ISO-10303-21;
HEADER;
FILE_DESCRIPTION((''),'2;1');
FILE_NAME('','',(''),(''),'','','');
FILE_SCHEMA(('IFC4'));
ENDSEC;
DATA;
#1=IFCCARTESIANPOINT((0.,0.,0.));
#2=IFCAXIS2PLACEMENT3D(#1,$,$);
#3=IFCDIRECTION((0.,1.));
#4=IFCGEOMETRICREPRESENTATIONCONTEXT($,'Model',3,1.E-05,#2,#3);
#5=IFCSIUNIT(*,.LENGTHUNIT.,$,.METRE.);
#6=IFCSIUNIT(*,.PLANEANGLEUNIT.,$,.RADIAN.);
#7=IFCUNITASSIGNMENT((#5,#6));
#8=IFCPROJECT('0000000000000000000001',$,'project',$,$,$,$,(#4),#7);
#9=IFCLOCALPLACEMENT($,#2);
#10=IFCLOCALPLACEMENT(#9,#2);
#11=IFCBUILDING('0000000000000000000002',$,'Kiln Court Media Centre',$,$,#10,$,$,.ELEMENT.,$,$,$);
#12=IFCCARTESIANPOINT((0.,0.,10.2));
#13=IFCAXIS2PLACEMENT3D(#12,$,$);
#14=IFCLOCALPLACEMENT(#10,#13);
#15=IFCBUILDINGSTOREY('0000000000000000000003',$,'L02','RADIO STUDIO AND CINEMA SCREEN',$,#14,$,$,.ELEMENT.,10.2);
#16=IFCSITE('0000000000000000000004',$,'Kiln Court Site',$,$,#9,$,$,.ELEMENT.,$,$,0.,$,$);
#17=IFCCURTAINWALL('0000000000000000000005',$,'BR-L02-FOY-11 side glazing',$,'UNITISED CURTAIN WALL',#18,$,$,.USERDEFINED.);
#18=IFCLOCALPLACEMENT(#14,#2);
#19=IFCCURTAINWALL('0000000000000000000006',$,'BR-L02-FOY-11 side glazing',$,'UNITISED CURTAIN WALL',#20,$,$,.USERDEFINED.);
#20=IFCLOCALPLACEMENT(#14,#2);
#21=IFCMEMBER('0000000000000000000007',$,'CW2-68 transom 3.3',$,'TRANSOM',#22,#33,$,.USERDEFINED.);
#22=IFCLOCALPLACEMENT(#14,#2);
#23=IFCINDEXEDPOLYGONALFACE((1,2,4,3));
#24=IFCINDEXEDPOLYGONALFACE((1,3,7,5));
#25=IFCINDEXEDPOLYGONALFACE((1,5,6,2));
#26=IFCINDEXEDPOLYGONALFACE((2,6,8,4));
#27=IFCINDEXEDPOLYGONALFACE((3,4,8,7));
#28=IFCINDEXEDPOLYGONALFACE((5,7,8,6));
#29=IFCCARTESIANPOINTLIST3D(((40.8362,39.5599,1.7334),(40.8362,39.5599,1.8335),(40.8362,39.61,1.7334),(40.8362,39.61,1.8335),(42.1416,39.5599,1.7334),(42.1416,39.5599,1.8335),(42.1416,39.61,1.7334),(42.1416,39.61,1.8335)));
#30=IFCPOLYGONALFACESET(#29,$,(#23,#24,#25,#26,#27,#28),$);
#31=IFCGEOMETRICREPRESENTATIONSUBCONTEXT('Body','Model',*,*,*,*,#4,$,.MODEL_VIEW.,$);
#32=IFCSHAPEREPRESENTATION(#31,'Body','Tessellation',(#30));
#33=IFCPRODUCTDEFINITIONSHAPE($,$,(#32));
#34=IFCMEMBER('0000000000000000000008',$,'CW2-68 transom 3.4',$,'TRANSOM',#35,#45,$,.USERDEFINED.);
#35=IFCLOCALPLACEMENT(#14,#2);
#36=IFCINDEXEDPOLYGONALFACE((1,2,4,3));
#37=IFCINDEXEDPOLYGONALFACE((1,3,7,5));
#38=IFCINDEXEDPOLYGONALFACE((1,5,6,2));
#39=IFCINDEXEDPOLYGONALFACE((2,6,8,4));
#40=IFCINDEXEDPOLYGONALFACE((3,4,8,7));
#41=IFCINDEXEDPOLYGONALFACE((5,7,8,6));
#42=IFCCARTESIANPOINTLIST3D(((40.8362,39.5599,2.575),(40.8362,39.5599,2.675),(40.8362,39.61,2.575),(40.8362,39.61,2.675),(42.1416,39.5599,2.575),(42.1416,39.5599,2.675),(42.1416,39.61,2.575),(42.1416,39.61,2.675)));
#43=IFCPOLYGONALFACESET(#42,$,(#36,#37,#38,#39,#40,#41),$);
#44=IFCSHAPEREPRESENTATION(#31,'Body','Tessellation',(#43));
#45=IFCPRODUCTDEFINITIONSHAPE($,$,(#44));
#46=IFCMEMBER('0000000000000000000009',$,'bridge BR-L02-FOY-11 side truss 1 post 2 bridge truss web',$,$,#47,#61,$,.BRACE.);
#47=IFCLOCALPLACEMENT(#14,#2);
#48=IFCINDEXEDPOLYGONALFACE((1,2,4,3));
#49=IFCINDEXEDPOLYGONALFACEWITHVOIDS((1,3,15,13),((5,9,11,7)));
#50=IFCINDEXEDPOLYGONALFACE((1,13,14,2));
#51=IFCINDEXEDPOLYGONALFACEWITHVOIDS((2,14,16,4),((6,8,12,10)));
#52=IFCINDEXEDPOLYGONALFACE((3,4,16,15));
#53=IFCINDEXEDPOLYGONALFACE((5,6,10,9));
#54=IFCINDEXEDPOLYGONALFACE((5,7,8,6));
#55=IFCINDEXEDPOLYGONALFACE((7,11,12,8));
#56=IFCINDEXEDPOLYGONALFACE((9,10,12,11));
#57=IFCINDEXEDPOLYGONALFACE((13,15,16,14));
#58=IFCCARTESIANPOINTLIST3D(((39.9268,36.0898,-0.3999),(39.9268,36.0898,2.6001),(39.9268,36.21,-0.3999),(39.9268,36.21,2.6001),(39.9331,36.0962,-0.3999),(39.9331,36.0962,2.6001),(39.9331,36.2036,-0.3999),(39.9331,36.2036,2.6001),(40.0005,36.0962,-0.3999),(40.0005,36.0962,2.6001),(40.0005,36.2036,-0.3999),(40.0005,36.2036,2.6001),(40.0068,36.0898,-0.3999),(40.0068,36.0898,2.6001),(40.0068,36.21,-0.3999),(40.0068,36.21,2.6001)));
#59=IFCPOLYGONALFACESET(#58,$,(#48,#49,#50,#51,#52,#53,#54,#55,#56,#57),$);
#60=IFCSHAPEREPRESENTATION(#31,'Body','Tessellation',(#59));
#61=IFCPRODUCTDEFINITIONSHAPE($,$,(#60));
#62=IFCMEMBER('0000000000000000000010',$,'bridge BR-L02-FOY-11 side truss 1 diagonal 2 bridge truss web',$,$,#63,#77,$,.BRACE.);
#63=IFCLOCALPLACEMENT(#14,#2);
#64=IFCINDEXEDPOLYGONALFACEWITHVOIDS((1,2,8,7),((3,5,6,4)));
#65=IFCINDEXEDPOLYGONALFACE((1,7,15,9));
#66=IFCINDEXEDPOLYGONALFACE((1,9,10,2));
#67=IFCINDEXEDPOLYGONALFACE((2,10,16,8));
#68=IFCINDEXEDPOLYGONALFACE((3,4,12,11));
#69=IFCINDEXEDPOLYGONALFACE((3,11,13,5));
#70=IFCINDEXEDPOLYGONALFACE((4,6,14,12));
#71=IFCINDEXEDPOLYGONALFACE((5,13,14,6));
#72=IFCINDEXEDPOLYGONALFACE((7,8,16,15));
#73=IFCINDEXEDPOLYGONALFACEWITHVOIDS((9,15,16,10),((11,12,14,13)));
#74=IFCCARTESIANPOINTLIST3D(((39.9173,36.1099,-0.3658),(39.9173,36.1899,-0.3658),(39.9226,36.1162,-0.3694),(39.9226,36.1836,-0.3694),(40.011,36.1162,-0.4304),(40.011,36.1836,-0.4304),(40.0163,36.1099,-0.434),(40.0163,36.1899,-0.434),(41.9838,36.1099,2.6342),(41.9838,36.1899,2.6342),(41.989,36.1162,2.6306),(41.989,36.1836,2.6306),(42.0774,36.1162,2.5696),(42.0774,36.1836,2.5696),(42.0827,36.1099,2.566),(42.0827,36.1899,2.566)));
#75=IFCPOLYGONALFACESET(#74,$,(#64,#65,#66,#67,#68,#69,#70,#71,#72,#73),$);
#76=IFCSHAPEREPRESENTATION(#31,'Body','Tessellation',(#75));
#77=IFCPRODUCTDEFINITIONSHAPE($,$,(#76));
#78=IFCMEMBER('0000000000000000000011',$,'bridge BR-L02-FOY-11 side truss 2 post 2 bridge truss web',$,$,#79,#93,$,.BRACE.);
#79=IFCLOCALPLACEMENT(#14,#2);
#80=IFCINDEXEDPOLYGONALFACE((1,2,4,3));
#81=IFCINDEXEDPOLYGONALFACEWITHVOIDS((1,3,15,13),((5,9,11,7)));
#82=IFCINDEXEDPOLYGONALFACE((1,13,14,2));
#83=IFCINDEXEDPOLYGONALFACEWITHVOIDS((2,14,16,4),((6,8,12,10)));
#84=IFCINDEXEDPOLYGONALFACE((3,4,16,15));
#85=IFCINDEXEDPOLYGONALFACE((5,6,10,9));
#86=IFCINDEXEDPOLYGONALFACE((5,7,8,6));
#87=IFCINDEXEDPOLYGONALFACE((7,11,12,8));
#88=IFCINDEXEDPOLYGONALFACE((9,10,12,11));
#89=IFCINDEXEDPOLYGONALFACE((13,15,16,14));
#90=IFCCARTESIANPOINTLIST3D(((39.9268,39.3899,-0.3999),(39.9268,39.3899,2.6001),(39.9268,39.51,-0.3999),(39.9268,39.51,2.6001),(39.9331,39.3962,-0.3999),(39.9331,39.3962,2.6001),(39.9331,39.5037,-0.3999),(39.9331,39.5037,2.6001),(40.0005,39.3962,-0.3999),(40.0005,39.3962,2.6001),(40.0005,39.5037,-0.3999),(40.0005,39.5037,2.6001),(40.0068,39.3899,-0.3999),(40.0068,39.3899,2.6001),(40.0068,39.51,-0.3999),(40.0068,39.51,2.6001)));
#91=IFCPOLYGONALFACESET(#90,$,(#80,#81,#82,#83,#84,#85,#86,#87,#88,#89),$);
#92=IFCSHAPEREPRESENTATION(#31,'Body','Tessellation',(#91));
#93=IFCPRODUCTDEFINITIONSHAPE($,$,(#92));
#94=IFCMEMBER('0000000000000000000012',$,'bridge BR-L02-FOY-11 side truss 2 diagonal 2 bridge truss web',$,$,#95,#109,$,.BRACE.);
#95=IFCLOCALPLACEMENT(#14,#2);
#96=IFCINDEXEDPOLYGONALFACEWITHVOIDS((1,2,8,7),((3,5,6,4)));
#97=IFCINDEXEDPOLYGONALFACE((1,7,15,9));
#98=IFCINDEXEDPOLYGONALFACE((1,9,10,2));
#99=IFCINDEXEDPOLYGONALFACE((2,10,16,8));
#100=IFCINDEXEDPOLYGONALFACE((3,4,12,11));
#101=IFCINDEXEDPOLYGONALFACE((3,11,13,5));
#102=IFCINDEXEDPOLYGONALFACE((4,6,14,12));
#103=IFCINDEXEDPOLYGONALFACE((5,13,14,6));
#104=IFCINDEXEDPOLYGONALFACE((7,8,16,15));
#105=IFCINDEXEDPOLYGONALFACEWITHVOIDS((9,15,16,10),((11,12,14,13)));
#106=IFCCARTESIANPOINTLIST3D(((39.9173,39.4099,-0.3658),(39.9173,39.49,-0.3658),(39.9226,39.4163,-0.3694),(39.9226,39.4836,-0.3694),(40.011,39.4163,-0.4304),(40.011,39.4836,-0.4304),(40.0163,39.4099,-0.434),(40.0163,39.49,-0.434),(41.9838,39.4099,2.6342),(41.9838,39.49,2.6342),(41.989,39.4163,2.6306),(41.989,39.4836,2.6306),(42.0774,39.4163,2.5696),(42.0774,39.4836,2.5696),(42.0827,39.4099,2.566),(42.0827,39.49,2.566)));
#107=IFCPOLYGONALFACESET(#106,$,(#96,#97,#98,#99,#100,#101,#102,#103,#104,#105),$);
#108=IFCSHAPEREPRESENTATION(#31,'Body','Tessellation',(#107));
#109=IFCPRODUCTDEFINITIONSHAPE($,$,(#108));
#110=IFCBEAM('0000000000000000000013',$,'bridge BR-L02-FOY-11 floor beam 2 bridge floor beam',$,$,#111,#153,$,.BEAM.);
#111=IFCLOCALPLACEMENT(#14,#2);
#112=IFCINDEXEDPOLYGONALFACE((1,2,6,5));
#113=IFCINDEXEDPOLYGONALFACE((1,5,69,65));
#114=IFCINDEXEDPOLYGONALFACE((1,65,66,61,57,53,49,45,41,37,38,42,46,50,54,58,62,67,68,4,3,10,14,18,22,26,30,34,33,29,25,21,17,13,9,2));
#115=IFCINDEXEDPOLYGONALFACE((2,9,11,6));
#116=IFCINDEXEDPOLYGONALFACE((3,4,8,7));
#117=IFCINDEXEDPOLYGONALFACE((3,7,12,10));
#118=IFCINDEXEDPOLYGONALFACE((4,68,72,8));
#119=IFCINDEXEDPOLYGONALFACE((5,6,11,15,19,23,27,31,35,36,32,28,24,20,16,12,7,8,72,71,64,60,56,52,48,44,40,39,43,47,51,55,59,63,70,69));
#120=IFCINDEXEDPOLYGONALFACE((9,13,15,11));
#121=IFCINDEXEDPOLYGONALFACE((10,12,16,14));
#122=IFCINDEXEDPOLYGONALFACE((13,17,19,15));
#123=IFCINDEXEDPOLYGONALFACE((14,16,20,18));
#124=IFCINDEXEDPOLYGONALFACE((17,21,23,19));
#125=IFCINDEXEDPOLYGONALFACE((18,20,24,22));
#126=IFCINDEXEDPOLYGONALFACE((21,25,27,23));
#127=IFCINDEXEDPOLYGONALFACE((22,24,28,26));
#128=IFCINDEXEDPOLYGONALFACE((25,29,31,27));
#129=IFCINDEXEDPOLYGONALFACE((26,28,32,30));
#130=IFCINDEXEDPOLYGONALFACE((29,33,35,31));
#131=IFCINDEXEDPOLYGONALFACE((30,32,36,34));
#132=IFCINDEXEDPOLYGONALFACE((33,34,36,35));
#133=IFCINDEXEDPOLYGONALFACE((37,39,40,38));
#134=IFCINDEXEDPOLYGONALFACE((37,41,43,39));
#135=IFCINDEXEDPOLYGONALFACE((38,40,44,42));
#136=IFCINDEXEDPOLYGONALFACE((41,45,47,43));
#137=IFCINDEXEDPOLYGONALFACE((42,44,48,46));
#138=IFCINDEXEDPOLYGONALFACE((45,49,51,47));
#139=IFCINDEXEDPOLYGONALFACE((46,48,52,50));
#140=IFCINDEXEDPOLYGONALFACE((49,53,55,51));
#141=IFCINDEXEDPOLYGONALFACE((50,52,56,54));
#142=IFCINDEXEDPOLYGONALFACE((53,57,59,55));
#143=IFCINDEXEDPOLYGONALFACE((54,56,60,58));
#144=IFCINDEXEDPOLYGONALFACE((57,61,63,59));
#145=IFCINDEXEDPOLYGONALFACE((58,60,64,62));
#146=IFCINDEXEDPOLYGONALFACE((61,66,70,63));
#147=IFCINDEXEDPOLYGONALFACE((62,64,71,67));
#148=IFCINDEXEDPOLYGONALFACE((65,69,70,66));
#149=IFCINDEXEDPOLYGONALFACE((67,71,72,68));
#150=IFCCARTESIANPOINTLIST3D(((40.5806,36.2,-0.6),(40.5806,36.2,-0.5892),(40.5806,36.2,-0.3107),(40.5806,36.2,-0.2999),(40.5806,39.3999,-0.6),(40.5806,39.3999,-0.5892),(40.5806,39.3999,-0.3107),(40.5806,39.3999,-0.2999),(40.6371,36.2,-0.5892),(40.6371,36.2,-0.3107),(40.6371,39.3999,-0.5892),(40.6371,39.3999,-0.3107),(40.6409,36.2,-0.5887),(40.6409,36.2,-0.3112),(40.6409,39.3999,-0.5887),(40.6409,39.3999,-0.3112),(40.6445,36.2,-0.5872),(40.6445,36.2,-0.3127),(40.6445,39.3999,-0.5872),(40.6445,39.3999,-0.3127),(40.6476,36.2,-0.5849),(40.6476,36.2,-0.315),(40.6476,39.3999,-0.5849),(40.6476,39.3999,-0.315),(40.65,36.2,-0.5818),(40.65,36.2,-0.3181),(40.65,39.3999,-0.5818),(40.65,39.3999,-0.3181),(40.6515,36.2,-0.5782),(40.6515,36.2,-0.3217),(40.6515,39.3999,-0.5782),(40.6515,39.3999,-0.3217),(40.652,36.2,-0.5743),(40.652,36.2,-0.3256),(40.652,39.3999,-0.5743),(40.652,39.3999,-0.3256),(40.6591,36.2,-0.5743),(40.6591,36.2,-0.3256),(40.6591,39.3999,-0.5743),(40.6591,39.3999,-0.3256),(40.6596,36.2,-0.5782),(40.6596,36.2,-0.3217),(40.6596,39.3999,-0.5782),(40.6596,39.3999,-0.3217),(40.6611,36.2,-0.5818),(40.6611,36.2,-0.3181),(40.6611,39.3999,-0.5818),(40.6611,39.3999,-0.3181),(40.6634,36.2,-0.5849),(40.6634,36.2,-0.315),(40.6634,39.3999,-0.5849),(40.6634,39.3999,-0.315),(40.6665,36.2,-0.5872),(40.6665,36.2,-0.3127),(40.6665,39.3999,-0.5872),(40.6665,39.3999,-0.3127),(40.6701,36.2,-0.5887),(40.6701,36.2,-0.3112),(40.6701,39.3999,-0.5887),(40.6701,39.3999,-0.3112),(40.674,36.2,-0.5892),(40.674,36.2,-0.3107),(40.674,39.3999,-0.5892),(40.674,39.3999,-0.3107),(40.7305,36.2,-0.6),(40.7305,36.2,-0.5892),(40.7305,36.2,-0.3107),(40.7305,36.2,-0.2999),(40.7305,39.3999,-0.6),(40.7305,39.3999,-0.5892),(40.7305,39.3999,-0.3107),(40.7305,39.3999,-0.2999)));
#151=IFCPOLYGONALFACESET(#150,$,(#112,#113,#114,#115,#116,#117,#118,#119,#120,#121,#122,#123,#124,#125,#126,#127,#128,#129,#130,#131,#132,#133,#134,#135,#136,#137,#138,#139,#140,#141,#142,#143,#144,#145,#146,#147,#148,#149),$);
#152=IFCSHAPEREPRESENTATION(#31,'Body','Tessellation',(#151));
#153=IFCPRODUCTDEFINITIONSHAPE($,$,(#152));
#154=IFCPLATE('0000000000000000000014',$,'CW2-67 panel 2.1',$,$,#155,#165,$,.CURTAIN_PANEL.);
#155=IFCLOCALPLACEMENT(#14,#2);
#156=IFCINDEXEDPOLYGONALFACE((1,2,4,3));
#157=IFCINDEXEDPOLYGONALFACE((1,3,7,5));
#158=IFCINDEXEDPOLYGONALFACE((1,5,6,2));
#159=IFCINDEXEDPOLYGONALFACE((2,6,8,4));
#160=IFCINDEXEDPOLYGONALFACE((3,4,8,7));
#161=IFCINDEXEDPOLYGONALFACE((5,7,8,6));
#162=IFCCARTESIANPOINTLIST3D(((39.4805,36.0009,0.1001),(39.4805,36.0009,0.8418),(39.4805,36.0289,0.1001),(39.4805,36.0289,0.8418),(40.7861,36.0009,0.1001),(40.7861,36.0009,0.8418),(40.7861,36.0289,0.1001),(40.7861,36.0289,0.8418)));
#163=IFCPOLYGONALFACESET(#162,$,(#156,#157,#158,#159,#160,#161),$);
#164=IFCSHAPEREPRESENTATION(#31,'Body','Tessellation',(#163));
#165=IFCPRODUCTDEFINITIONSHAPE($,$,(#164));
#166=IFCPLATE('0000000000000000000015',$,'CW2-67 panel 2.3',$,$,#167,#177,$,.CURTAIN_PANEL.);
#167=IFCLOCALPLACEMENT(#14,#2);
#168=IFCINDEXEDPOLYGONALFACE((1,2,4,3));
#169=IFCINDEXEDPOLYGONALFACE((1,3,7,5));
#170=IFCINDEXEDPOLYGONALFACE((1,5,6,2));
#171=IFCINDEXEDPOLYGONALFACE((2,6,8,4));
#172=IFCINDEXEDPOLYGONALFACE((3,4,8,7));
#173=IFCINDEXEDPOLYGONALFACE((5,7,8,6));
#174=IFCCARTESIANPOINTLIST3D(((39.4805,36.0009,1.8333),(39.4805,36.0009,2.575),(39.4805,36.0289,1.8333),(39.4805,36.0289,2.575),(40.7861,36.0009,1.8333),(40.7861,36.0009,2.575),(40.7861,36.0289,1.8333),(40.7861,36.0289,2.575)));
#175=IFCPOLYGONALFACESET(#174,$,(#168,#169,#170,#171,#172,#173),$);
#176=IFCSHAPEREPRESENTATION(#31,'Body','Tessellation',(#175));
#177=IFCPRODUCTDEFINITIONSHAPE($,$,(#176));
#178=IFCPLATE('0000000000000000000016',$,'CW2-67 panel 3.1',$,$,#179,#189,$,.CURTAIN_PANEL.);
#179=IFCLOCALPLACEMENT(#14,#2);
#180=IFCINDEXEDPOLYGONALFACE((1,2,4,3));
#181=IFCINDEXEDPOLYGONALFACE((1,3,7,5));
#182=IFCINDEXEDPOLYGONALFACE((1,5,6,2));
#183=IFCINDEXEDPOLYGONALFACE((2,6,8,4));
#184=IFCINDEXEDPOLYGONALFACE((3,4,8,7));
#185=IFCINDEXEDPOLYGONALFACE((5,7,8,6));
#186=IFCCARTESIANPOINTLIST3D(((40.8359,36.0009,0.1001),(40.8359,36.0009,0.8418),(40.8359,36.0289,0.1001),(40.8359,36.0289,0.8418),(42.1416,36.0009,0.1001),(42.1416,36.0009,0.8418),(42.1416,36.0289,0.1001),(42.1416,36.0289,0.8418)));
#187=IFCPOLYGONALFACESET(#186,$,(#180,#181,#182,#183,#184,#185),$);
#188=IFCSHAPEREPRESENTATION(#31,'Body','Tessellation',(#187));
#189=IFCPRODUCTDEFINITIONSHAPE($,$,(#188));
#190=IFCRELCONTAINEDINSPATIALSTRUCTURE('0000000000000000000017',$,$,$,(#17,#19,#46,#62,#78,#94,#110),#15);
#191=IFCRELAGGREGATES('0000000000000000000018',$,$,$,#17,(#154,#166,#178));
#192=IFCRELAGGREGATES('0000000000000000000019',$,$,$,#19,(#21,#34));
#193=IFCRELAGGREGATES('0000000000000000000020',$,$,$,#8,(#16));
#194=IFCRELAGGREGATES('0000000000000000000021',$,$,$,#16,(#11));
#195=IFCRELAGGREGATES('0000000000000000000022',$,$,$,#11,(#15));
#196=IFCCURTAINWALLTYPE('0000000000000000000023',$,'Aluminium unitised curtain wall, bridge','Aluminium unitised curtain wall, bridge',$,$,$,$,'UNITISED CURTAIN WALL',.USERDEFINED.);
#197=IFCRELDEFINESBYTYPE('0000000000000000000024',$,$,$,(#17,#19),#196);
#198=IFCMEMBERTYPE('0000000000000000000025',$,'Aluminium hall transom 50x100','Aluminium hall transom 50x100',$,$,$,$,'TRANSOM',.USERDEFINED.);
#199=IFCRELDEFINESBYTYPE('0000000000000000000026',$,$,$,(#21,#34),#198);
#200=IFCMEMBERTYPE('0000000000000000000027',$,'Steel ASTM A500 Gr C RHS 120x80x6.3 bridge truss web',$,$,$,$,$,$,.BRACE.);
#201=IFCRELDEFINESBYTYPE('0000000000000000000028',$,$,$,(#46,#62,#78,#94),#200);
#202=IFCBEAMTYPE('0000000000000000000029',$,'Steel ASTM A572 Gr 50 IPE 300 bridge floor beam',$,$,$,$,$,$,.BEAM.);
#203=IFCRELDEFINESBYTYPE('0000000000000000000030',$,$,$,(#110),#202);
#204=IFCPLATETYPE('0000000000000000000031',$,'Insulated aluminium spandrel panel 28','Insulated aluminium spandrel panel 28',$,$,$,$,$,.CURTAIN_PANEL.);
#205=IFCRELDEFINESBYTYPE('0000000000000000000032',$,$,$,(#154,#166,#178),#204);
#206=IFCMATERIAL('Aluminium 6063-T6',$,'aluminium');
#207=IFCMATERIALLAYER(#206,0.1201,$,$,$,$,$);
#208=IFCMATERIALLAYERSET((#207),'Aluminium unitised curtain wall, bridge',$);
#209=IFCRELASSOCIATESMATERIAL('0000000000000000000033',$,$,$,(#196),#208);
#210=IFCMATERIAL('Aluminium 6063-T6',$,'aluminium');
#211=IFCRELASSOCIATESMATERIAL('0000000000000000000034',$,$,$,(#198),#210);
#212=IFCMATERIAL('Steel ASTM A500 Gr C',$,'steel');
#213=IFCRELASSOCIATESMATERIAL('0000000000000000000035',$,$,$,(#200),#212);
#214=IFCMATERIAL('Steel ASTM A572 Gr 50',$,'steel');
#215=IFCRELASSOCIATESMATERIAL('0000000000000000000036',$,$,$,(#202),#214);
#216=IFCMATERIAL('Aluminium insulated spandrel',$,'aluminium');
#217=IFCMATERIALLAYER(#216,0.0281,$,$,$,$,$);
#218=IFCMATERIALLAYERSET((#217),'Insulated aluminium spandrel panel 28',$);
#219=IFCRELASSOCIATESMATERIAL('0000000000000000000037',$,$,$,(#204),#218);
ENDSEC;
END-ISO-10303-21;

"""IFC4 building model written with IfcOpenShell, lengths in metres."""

from ifc_helpers import new_model, si_unit, direction, frame, origin, origin_2d, place, context, subcontext, project, spatial, rectangle, hollow_rectangle, i_section, extrude, material, layer, layer_set, material_profile, profile_set, type_object, element, aggregate, save


model = new_model("IFC4")

# Units and contexts
model_context = context("Model", 3, precision=1e-05, world=origin(), true_north=direction((0.0, 1.0)))
body_context = subcontext(model_context, "Body", "Model", "MODEL_VIEW")
ifc_project = project(units=[si_unit("LENGTHUNIT", "METRE"), si_unit("PLANEANGLEUNIT", "RADIAN")], contexts=[model_context])

# Site, building, storey
site_placement = place(None, origin())
site = spatial("IfcSite", under=ifc_project, at=site_placement, Name="Kiln Court Site", CompositionType="ELEMENT", RefElevation=0.0)
building_placement = place(site_placement, origin())
building = spatial("IfcBuilding", under=site, at=building_placement, Name="Kiln Court Media Centre", CompositionType="ELEMENT")
storey_placement = place(building_placement, frame((0.0, 0.0, 10.2)))
storey = spatial("IfcBuildingStorey", under=building, at=storey_placement, Name="L02", Description="RADIO STUDIO AND CINEMA SCREEN", CompositionType="ELEMENT", Elevation=10.2)

# Curtain walls
ifc_material_1 = material(Name="Aluminium 6063-T6", Category="aluminium")
ifc_layer_1 = layer(ifc_material_1, 0.1201)
ifc_layer_set_1 = layer_set([ifc_layer_1], Name="Aluminium unitised curtain wall, bridge")
curtain_wall_type = type_object("IfcCurtainWallType", Name="Aluminium unitised curtain wall, bridge", Description="Aluminium unitised curtain wall, bridge", ElementType="UNITISED CURTAIN WALL", PredefinedType="USERDEFINED", material=ifc_layer_set_1)
curtain_wall_1_placement = place(storey_placement, origin())
curtain_wall_1 = element("IfcCurtainWall", 1, at=curtain_wall_1_placement, inside=storey, type_object=curtain_wall_type, Name="BR-L02-FOY-11 side glazing", ObjectType="UNITISED CURTAIN WALL", PredefinedType="USERDEFINED")
curtain_wall_2_placement = place(storey_placement, origin())
curtain_wall_2 = element("IfcCurtainWall", 2, at=curtain_wall_2_placement, inside=storey, type_object=curtain_wall_type, Name="BR-L02-FOY-11 side glazing", ObjectType="UNITISED CURTAIN WALL", PredefinedType="USERDEFINED")

# Members
ifc_material_2 = material(Name="Aluminium 6063-T6", Category="aluminium")
ifc_material_profile_1 = material_profile(ifc_material_2, rectangle(XDim=0.05, YDim=0.1001, at=origin_2d()), Name="Aluminium hall transom 50x100")
ifc_profile_set_1 = profile_set([ifc_material_profile_1], Name="Aluminium 6063-T6")
member_type_1 = type_object("IfcMemberType", Name="Aluminium hall transom 50x100", Description="Aluminium hall transom 50x100", ElementType="TRANSOM", PredefinedType="USERDEFINED", material=ifc_profile_set_1)
member_1_placement = place(storey_placement, frame((40.8362, 39.585, 1.7834), z_axis=(1.0, 0.0, 0.0), x_axis=(0.0, 1.0, 0.0)))
member_1 = element("IfcMember", 3, at=member_1_placement, type_object=member_type_1, Name="CW2-68 transom 3.3", ObjectType="TRANSOM", PredefinedType="USERDEFINED", context=body_context, shape_type="SweptSolid", body=[
    extrude(rectangle(XDim=0.05, YDim=0.1001, at=origin_2d()), origin(), (0.0, 0.0, 1.0), 1.3054),
])
member_2_placement = place(storey_placement, frame((40.8362, 39.585, 2.625), z_axis=(1.0, 0.0, 0.0), x_axis=(0.0, 1.0, 0.0)))
member_2 = element("IfcMember", 4, at=member_2_placement, type_object=member_type_1, Name="CW2-68 transom 3.4", ObjectType="TRANSOM", PredefinedType="USERDEFINED", context=body_context, shape_type="SweptSolid", body=[
    extrude(rectangle(XDim=0.05, YDim=0.1001, at=origin_2d()), origin(), (0.0, 0.0, 1.0), 1.3054),
])

# Members
ifc_material_3 = material(Name="Steel ASTM A500 Gr C", Category="steel")
ifc_material_profile_2 = material_profile(ifc_material_3, hollow_rectangle(XDim=0.0801, YDim=0.1201, WallThickness=0.0063, at=origin_2d()), Name="RHS 120x80x6.3")
ifc_profile_set_2 = profile_set([ifc_material_profile_2], Name="Steel ASTM A500 Gr C")
member_type_2 = type_object("IfcMemberType", Name="Steel ASTM A500 Gr C RHS 120x80x6.3 bridge truss web", PredefinedType="BRACE", material=ifc_profile_set_2)
member_3_placement = place(storey_placement, frame((39.9668, 36.1499, -0.3999), z_axis=(0.0, 0.0, 1.0), x_axis=(1.0, 0.0, 0.0)))
element("IfcMember", 5, at=member_3_placement, inside=storey, type_object=member_type_2, Name="bridge BR-L02-FOY-11 side truss 1 post 2 bridge truss web", PredefinedType="BRACE", context=body_context, shape_type="SweptSolid", body=[
    extrude(hollow_rectangle(XDim=0.0801, YDim=0.1201, WallThickness=0.0063, at=origin_2d()), origin(), (0.0, 0.0, 1.0), 3.0),
])
member_4_placement = place(storey_placement, frame((39.9668, 36.1499, -0.3999), z_axis=(0.567257, 0.0, 0.823541), x_axis=(0.0, 1.0, 0.0)))
element("IfcMember", 6, at=member_4_placement, inside=storey, type_object=member_type_2, Name="bridge BR-L02-FOY-11 side truss 1 diagonal 2 bridge truss web", PredefinedType="BRACE", context=body_context, shape_type="SweptSolid", body=[
    extrude(hollow_rectangle(XDim=0.0801, YDim=0.1201, WallThickness=0.0063, at=origin_2d()), origin(), (0.0, 0.0, 1.0), 3.6428),
])
member_5_placement = place(storey_placement, frame((39.9668, 39.45, -0.3999), z_axis=(0.0, 0.0, 1.0), x_axis=(1.0, 0.0, 0.0)))
element("IfcMember", 7, at=member_5_placement, inside=storey, type_object=member_type_2, Name="bridge BR-L02-FOY-11 side truss 2 post 2 bridge truss web", PredefinedType="BRACE", context=body_context, shape_type="SweptSolid", body=[
    extrude(hollow_rectangle(XDim=0.0801, YDim=0.1201, WallThickness=0.0063, at=origin_2d()), origin(), (0.0, 0.0, 1.0), 3.0),
])
member_6_placement = place(storey_placement, frame((39.9668, 39.45, -0.3999), z_axis=(0.567257, 0.0, 0.823541), x_axis=(0.0, 1.0, 0.0)))
element("IfcMember", 8, at=member_6_placement, inside=storey, type_object=member_type_2, Name="bridge BR-L02-FOY-11 side truss 2 diagonal 2 bridge truss web", PredefinedType="BRACE", context=body_context, shape_type="SweptSolid", body=[
    extrude(hollow_rectangle(XDim=0.0801, YDim=0.1201, WallThickness=0.0063, at=origin_2d()), origin(), (0.0, 0.0, 1.0), 3.6428),
])

# Beam
ifc_material_4 = material(Name="Steel ASTM A572 Gr 50", Category="steel")
ifc_material_profile_3 = material_profile(ifc_material_4, i_section(OverallWidth=0.1499, OverallDepth=0.3, WebThickness=0.0071, FlangeThickness=0.0107, FilletRadius=0.0149, at=origin_2d()), Name="IPE 300")
ifc_profile_set_3 = profile_set([ifc_material_profile_3], Name="Steel ASTM A572 Gr 50")
beam_type = type_object("IfcBeamType", Name="Steel ASTM A572 Gr 50 IPE 300 bridge floor beam", PredefinedType="BEAM", material=ifc_profile_set_3)
beam_placement = place(storey_placement, frame((40.6555, 36.2, -0.45), z_axis=(0.0, 1.0, 0.0), x_axis=(-1.0, 0.0, 0.0)))
element("IfcBeam", 9, at=beam_placement, inside=storey, type_object=beam_type, Name="bridge BR-L02-FOY-11 floor beam 2 bridge floor beam", PredefinedType="BEAM", context=body_context, shape_type="SweptSolid", body=[
    extrude(i_section(OverallWidth=0.1499, OverallDepth=0.3, WebThickness=0.0071, FlangeThickness=0.0107, FilletRadius=0.0149, at=origin_2d()), origin(), (0.0, 0.0, 1.0), 3.2),
])

# Plates
ifc_material_5 = material(Name="Aluminium insulated spandrel", Category="aluminium")
ifc_layer_2 = layer(ifc_material_5, 0.0281)
ifc_layer_set_2 = layer_set([ifc_layer_2], Name="Insulated aluminium spandrel panel 28")
plate_type_1 = type_object("IfcPlateType", Name="Insulated aluminium spandrel panel 28", Description="Insulated aluminium spandrel panel 28", PredefinedType="CURTAIN_PANEL", material=ifc_layer_set_2)
plate_1_placement = place(storey_placement, frame((40.1333, 36.0149, 0.1001), z_axis=(0.0, 0.0, 1.0), x_axis=(1.0, 0.0, 0.0)))
plate_1 = element("IfcPlate", 10, at=plate_1_placement, type_object=plate_type_1, Name="CW2-67 panel 2.1", PredefinedType="CURTAIN_PANEL", context=body_context, shape_type="SweptSolid", body=[
    extrude(rectangle(XDim=1.3057, YDim=0.0281, at=origin_2d()), origin(), (0.0, 0.0, 1.0), 0.7417),
])
plate_2_placement = place(storey_placement, frame((40.1333, 36.0149, 1.8333), z_axis=(0.0, 0.0, 1.0), x_axis=(1.0, 0.0, 0.0)))
plate_2 = element("IfcPlate", 11, at=plate_2_placement, type_object=plate_type_1, Name="CW2-67 panel 2.3", PredefinedType="CURTAIN_PANEL", context=body_context, shape_type="SweptSolid", body=[
    extrude(rectangle(XDim=1.3057, YDim=0.0281, at=origin_2d()), origin(), (0.0, 0.0, 1.0), 0.7417),
])
plate_3_placement = place(storey_placement, frame((41.4888, 36.0149, 0.1001), z_axis=(0.0, 0.0, 1.0), x_axis=(1.0, 0.0, 0.0)))
plate_3 = element("IfcPlate", 12, at=plate_3_placement, type_object=plate_type_1, Name="CW2-67 panel 3.1", PredefinedType="CURTAIN_PANEL", context=body_context, shape_type="SweptSolid", body=[
    extrude(rectangle(XDim=1.3057, YDim=0.0281, at=origin_2d()), origin(), (0.0, 0.0, 1.0), 0.7417),
])
aggregate(curtain_wall_1, [plate_1, plate_2, plate_3])
aggregate(curtain_wall_2, [member_1, member_2])

save(model, "model.ifc")
